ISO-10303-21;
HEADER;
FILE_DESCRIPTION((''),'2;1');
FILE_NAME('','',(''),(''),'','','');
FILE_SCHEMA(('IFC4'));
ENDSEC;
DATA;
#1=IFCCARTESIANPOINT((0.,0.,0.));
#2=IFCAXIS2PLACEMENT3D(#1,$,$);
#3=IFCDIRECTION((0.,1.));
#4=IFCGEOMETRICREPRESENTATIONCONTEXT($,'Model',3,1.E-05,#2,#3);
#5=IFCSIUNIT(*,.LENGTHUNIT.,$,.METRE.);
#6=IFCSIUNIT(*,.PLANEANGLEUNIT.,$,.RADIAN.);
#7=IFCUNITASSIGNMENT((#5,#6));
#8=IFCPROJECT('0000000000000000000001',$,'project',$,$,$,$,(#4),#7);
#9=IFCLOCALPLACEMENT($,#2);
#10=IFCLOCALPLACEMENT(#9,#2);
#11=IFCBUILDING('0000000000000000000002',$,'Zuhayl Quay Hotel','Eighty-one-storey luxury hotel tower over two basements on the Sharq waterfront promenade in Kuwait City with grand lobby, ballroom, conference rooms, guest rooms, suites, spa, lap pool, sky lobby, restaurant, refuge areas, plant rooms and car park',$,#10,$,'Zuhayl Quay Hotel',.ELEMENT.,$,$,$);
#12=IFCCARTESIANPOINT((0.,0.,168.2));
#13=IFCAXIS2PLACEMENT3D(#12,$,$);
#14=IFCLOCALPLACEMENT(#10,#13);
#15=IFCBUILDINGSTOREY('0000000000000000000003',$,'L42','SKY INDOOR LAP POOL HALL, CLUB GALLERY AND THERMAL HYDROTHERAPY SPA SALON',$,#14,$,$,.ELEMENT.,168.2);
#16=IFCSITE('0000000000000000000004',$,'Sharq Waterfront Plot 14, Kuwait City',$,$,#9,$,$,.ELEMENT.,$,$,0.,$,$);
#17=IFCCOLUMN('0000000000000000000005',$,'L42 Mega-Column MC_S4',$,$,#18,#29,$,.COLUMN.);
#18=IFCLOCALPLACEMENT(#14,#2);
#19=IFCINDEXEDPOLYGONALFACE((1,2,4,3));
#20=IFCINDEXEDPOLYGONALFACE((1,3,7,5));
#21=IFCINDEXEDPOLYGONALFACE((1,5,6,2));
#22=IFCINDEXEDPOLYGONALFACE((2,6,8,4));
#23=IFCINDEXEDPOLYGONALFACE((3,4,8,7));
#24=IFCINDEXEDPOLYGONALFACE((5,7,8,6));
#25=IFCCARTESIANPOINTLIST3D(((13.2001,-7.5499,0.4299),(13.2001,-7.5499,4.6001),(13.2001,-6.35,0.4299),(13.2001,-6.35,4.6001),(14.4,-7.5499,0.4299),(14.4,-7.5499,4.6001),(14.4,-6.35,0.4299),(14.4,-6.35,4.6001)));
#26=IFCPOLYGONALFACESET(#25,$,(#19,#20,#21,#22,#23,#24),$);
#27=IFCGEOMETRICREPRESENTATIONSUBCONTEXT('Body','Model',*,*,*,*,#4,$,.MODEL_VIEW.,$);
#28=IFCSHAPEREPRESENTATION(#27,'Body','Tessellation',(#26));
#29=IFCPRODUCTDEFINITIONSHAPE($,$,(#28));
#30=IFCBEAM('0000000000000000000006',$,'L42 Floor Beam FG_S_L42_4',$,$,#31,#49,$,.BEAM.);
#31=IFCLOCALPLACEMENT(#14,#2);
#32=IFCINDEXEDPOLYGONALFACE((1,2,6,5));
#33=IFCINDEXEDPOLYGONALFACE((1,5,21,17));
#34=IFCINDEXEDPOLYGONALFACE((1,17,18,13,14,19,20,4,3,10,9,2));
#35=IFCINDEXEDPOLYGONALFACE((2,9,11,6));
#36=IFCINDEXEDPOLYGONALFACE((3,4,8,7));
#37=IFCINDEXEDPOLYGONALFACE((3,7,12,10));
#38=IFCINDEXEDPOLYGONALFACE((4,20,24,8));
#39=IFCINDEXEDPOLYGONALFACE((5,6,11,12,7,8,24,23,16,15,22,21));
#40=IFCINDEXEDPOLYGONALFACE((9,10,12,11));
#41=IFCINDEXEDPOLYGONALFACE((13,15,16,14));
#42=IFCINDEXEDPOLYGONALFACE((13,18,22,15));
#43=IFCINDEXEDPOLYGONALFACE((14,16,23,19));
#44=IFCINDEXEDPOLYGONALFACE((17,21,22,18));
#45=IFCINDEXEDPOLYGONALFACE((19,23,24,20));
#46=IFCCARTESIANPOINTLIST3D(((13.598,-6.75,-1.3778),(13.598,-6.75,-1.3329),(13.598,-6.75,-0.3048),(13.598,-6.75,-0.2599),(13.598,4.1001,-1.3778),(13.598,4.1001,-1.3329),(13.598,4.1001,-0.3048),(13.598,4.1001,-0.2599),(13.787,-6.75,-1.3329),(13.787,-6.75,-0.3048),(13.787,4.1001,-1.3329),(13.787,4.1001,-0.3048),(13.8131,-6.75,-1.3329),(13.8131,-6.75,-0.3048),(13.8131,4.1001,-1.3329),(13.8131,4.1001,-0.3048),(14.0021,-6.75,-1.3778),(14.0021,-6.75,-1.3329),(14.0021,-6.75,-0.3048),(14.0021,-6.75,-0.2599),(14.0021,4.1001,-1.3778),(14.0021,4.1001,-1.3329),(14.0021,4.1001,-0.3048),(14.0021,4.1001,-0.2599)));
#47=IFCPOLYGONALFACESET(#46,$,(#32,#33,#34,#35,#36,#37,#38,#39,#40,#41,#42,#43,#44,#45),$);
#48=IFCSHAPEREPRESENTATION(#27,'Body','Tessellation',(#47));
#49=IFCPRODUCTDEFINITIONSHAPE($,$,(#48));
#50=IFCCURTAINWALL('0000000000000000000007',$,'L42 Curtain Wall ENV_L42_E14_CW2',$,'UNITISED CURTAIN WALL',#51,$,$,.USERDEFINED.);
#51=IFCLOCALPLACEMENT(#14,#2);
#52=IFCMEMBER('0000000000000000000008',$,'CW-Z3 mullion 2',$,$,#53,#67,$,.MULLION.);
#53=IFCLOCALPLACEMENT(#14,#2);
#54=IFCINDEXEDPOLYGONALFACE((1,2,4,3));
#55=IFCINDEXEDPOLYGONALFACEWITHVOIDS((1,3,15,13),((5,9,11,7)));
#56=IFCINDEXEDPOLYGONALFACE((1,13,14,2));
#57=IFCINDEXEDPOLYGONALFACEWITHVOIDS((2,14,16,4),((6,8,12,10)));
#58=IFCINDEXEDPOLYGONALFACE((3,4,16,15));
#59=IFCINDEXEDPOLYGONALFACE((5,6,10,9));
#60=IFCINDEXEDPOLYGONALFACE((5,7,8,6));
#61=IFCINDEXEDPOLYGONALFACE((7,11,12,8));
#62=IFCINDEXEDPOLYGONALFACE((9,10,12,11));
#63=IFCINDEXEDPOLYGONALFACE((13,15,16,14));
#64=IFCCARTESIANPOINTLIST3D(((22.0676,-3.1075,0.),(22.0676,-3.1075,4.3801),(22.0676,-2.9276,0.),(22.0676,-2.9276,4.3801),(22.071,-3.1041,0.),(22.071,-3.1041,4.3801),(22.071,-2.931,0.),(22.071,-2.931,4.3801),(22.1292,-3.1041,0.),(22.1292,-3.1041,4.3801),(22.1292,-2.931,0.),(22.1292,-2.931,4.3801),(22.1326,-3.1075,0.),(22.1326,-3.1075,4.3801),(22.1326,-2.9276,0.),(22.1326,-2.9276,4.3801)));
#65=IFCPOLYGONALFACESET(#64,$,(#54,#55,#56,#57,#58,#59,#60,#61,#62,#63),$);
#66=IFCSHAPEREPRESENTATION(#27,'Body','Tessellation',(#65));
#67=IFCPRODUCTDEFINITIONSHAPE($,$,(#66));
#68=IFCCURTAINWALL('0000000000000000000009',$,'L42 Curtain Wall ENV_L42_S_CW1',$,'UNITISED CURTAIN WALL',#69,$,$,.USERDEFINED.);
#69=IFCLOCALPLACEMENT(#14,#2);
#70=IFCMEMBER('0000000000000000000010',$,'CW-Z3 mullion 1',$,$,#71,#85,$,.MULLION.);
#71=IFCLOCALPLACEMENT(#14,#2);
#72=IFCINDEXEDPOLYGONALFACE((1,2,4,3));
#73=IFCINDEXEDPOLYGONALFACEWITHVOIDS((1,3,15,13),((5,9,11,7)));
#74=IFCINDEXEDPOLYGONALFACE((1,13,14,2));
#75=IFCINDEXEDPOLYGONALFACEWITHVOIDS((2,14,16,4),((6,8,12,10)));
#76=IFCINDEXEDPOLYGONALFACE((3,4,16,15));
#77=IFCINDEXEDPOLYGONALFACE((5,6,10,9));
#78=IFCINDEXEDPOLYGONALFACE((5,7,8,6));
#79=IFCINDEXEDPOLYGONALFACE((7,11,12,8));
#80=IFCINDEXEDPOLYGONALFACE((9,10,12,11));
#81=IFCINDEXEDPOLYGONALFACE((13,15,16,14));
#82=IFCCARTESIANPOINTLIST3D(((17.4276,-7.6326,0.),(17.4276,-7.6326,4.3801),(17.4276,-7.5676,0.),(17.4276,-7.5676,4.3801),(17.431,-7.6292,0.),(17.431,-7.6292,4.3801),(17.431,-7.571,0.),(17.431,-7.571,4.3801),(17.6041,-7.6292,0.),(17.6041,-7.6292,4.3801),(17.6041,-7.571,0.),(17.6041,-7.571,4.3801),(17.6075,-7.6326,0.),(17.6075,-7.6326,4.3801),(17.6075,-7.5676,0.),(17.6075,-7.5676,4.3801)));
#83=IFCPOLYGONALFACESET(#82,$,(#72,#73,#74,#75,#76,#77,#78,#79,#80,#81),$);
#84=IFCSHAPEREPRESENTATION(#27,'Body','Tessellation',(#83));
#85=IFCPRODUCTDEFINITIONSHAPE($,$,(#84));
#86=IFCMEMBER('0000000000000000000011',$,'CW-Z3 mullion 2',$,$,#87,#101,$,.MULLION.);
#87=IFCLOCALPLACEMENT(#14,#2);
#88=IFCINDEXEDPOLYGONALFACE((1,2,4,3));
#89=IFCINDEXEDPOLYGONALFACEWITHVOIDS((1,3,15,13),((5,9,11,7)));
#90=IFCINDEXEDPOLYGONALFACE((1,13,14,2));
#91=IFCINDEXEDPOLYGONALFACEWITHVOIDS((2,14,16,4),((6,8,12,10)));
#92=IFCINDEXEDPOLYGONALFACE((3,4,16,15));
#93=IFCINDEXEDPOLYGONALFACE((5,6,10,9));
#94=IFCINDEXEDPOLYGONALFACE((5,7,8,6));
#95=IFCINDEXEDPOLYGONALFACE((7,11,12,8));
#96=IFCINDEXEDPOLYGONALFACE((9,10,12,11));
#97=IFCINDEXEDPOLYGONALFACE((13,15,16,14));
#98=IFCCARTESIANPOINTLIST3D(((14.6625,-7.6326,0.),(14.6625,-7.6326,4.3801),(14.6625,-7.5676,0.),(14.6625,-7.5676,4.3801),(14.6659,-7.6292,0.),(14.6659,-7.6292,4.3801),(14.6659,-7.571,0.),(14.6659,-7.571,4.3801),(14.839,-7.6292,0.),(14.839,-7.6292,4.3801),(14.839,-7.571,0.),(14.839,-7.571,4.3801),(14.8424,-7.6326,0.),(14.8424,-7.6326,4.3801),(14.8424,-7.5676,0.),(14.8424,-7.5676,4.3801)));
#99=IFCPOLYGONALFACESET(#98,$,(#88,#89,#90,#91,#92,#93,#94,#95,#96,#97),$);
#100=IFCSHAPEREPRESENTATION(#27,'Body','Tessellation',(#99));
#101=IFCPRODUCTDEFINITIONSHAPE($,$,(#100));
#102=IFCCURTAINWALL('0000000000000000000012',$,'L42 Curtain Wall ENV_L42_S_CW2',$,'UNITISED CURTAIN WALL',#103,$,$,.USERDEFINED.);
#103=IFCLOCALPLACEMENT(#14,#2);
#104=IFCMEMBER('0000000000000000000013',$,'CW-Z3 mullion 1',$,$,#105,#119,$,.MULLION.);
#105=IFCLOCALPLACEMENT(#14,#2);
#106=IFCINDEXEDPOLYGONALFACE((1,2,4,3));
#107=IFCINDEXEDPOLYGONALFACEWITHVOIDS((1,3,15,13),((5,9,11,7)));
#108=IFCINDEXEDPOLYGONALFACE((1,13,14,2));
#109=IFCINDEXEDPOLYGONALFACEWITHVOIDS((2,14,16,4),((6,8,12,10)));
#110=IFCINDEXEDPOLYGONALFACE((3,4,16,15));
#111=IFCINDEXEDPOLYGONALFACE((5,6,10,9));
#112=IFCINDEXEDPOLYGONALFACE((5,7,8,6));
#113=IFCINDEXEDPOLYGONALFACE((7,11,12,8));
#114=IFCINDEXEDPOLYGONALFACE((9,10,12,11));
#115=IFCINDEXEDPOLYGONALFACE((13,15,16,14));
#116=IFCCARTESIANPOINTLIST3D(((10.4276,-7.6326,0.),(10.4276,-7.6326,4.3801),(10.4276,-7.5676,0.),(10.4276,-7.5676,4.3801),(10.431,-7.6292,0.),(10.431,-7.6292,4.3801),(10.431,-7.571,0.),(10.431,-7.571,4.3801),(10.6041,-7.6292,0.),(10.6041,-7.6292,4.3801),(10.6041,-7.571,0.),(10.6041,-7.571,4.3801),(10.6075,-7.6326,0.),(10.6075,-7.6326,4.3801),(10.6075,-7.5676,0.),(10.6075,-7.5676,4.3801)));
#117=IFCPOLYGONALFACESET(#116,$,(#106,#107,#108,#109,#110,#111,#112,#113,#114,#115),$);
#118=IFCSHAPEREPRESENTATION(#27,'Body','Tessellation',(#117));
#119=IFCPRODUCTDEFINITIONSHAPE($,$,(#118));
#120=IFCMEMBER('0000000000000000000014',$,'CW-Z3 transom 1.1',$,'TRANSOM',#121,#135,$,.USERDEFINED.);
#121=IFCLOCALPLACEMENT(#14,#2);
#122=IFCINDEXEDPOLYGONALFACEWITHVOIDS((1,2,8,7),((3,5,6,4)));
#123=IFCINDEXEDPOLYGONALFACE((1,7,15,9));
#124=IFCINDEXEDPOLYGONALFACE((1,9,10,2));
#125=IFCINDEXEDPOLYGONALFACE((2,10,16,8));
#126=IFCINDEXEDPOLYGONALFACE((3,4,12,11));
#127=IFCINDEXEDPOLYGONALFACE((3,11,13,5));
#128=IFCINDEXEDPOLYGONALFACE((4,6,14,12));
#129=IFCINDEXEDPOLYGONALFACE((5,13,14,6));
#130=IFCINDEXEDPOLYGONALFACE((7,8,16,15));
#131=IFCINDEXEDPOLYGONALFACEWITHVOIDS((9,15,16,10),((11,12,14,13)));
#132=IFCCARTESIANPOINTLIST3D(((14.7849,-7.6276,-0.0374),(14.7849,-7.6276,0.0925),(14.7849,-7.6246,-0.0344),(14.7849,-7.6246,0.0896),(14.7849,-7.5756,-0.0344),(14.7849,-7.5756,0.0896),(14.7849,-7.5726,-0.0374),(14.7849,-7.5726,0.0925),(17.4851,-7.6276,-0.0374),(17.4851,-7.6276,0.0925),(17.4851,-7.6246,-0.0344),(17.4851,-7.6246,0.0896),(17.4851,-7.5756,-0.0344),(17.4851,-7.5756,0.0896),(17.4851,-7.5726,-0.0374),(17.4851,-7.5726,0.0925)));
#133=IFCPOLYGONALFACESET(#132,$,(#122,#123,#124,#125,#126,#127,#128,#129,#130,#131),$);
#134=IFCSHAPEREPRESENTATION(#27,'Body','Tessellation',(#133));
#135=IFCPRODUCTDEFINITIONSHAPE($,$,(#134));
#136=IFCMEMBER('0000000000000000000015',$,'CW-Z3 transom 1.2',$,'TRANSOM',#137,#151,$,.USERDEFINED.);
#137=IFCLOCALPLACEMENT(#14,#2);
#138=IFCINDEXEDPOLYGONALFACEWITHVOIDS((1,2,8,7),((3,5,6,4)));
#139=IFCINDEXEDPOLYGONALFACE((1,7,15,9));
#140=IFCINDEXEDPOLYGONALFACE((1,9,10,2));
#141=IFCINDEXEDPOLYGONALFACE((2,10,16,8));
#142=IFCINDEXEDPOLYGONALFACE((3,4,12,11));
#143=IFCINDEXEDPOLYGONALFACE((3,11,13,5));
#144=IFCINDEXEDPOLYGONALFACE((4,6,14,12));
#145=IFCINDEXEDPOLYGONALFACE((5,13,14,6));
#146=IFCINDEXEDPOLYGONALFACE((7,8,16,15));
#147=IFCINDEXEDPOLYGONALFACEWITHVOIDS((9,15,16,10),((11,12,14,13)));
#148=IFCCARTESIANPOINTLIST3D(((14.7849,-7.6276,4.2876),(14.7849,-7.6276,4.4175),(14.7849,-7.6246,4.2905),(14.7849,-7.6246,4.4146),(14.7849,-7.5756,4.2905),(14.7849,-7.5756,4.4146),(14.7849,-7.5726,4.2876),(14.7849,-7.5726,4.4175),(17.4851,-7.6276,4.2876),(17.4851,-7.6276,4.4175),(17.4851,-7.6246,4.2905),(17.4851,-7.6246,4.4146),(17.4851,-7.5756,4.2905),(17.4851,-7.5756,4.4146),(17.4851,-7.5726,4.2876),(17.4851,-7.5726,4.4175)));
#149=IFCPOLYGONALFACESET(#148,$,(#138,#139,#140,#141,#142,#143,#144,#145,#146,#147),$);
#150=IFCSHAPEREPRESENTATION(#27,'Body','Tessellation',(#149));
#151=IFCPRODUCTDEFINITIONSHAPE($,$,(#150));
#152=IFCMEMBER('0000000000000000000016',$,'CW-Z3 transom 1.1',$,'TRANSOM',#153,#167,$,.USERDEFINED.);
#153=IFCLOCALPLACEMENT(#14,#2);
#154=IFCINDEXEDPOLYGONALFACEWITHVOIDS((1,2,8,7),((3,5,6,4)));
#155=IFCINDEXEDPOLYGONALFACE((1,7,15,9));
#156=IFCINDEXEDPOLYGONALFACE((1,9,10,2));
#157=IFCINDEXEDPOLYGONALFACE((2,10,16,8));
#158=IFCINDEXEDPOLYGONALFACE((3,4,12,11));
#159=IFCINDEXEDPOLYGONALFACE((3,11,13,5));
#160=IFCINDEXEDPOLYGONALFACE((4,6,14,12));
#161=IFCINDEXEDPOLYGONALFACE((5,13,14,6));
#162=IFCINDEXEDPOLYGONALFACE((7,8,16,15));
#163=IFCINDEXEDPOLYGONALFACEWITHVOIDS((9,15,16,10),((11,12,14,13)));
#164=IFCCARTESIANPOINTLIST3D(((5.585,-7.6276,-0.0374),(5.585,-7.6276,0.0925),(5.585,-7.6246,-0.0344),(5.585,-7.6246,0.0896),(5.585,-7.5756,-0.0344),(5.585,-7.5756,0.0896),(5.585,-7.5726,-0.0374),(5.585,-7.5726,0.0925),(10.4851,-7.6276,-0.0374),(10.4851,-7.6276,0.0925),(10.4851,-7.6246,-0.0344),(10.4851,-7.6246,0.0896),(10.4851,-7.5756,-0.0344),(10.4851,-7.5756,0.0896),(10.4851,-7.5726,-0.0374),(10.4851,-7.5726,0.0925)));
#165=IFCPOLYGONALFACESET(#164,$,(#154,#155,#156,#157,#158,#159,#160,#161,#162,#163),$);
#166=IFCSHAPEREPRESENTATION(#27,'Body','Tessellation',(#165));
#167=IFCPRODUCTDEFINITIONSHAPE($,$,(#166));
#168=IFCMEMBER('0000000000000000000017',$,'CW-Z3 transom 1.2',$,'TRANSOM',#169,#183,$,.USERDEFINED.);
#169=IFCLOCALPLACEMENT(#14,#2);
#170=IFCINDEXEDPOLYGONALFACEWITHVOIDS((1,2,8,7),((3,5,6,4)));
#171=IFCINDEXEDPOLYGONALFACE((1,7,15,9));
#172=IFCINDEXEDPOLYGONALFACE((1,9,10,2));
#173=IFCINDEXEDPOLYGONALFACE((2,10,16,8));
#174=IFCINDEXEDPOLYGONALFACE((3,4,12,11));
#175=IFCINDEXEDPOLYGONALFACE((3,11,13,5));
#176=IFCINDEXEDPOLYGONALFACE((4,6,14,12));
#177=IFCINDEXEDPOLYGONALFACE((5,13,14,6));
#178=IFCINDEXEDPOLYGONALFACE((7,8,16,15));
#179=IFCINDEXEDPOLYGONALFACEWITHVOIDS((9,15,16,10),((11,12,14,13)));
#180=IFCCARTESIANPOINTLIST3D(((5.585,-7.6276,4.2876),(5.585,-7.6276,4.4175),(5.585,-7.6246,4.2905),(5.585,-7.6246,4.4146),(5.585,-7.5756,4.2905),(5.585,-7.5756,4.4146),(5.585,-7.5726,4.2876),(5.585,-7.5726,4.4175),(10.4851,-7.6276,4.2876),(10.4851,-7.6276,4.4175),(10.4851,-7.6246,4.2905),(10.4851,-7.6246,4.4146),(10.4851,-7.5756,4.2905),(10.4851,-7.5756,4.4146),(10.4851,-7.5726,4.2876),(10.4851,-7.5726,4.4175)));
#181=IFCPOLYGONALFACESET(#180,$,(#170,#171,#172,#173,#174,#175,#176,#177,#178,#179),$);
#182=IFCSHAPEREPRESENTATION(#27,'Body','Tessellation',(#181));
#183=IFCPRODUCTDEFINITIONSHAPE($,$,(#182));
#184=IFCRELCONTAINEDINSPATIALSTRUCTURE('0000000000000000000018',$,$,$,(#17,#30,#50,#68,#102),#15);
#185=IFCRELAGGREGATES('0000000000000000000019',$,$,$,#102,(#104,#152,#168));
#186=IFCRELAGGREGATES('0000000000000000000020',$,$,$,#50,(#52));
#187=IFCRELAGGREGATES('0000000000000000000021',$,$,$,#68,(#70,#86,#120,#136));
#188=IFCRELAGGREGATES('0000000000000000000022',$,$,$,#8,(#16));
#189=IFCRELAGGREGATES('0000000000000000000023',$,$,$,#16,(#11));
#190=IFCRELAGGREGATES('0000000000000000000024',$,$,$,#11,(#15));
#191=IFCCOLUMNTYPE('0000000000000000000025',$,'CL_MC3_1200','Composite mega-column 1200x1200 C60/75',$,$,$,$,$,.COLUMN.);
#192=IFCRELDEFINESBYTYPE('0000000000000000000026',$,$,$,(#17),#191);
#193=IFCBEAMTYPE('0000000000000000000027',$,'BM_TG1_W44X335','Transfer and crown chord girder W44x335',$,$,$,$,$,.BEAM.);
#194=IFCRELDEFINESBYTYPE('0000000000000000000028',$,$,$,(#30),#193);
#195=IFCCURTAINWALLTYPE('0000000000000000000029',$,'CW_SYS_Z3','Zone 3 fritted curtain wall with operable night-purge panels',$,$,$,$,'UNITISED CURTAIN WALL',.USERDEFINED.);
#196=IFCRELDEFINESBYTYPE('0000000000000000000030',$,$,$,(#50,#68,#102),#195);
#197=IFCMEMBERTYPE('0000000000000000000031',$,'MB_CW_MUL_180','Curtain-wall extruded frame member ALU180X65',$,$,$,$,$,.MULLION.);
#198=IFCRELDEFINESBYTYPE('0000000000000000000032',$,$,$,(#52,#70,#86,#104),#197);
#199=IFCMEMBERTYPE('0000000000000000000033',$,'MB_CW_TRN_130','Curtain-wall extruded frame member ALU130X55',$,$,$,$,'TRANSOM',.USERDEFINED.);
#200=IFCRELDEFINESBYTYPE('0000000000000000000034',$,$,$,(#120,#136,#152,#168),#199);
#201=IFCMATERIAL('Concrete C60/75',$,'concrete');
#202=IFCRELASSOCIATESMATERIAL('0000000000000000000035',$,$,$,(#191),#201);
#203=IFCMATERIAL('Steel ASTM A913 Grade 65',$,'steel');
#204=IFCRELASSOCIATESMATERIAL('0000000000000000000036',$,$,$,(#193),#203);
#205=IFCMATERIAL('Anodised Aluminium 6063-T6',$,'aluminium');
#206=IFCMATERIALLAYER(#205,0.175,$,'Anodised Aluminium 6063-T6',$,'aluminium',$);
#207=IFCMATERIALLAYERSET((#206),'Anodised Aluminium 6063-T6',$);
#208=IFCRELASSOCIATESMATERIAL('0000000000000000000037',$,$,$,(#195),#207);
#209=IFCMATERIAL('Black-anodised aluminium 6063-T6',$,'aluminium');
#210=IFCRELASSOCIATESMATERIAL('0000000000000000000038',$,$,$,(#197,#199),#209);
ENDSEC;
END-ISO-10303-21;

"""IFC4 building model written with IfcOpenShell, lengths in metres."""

from ifc_helpers import new_model, si_unit, direction, frame, origin, origin_2d, place, context, subcontext, project, spatial, rectangle, hollow_rectangle, i_section, extrude, material, layer, layer_set, material_profile, profile_set, type_object, element, aggregate, save


model = new_model("IFC4")

# Units and contexts
model_context = context("Model", 3, precision=1e-05, world=origin(), true_north=direction((0.0, 1.0)))
body_context = subcontext(model_context, "Body", "Model", "MODEL_VIEW")
ifc_project = project(units=[si_unit("LENGTHUNIT", "METRE"), si_unit("PLANEANGLEUNIT", "RADIAN")], contexts=[model_context])

# Site, building, storey
site_placement = place(None, origin())
site = spatial("IfcSite", under=ifc_project, at=site_placement, Name="Sharq Waterfront Plot 14, Kuwait City", CompositionType="ELEMENT", RefElevation=0.0)
building_placement = place(site_placement, origin())
building = spatial("IfcBuilding", under=site, at=building_placement, Name="Zuhayl Quay Hotel", Description="Eighty-one-storey luxury hotel tower over two basements on the Sharq waterfront promenade in Kuwait City with grand lobby, ballroom, conference rooms, guest rooms, suites, spa, lap pool, sky lobby, restaurant, refuge areas, plant rooms and car park", LongName="Zuhayl Quay Hotel", CompositionType="ELEMENT")
storey_placement = place(building_placement, frame((0.0, 0.0, 168.2)))
storey = spatial("IfcBuildingStorey", under=building, at=storey_placement, Name="L42", Description="SKY INDOOR LAP POOL HALL, CLUB GALLERY AND THERMAL HYDROTHERAPY SPA SALON", CompositionType="ELEMENT", Elevation=168.2)

# Column
ifc_material_1 = material(Name="Concrete C60/75", Category="concrete")
ifc_material_profile_1 = material_profile(ifc_material_1, rectangle(XDim=1.2, YDim=1.2, at=origin_2d()), Name="RC1200X1200")
ifc_profile_set_1 = profile_set([ifc_material_profile_1], Name="Concrete C60/75")
column_type = type_object("IfcColumnType", Name="CL_MC3_1200", Description="Composite mega-column 1200x1200 C60/75", PredefinedType="COLUMN", material=ifc_profile_set_1)
column_placement = place(storey_placement, frame((13.8, -6.95, 0.4299), z_axis=(0.0, 0.0, 1.0), x_axis=(1.0, 0.0, 0.0)))
element("IfcColumn", 1, at=column_placement, inside=storey, type_object=column_type, Name="L42 Mega-Column MC_S4", PredefinedType="COLUMN", context=body_context, shape_type="SweptSolid", body=[
    extrude(rectangle(XDim=1.2, YDim=1.2, at=origin_2d()), origin(), (0.0, 0.0, 1.0), 4.1702),
])

# Beam
ifc_material_2 = material(Name="Steel ASTM A913 Grade 65", Category="steel")
ifc_material_profile_2 = material_profile(ifc_material_2, i_section(OverallWidth=0.4041, OverallDepth=1.1179, WebThickness=0.0261, FlangeThickness=0.0449, at=origin_2d()), Name="W44X335")
ifc_profile_set_2 = profile_set([ifc_material_profile_2], Name="Steel ASTM A913 Grade 65")
beam_type = type_object("IfcBeamType", Name="BM_TG1_W44X335", Description="Transfer and crown chord girder W44x335", PredefinedType="BEAM", material=ifc_profile_set_2)
beam_placement = place(storey_placement, frame((13.8, -6.75, -0.8188), z_axis=(0.0, 1.0, 0.0), x_axis=(-1.0, 0.0, 0.0)))
element("IfcBeam", 2, at=beam_placement, inside=storey, type_object=beam_type, Name="L42 Floor Beam FG_S_L42_4", PredefinedType="BEAM", context=body_context, shape_type="SweptSolid", body=[
    extrude(i_section(OverallWidth=0.4041, OverallDepth=1.1179, WebThickness=0.0261, FlangeThickness=0.0449, at=origin_2d()), origin(), (0.0, 0.0, 1.0), 10.8501),
])

# Curtain wall, member
ifc_material_3 = material(Name="Anodised Aluminium 6063-T6", Category="aluminium")
ifc_layer_1 = layer(ifc_material_3, 0.175, Name="Anodised Aluminium 6063-T6", Category="aluminium")
ifc_layer_set_1 = layer_set([ifc_layer_1], Name="Anodised Aluminium 6063-T6")
curtain_wall_type = type_object("IfcCurtainWallType", Name="CW_SYS_Z3", Description="Zone 3 fritted curtain wall with operable night-purge panels", ElementType="UNITISED CURTAIN WALL", PredefinedType="USERDEFINED", material=ifc_layer_set_1)
curtain_wall_1_placement = place(storey_placement, origin())
curtain_wall_1 = element("IfcCurtainWall", 3, at=curtain_wall_1_placement, inside=storey, type_object=curtain_wall_type, Name="L42 Curtain Wall ENV_L42_E14_CW2", ObjectType="UNITISED CURTAIN WALL", PredefinedType="USERDEFINED")
ifc_material_4 = material(Name="Black-anodised aluminium 6063-T6", Category="aluminium")
ifc_material_profile_3 = material_profile(ifc_material_4, hollow_rectangle(XDim=0.0649, YDim=0.1799, WallThickness=0.0034, at=origin_2d()), Name="ALU180X65")
ifc_profile_set_3 = profile_set([ifc_material_profile_3], Name="Black-anodised aluminium 6063-T6")
member_type_1 = type_object("IfcMemberType", Name="MB_CW_MUL_180", Description="Curtain-wall extruded frame member ALU180X65", PredefinedType="MULLION", material=ifc_profile_set_3)
member_1_placement = place(storey_placement, frame((22.1001, -3.0176, 0.0), z_axis=(0.0, 0.0, 1.0), x_axis=(1.0, 0.0, 0.0)))
member_1 = element("IfcMember", 4, at=member_1_placement, type_object=member_type_1, Name="CW-Z3 mullion 2", PredefinedType="MULLION", context=body_context, shape_type="SweptSolid", body=[
    extrude(hollow_rectangle(XDim=0.0649, YDim=0.1799, WallThickness=0.0034, at=origin_2d()), origin(), (0.0, 0.0, 1.0), 4.3801),
])

# Curtain wall, members
curtain_wall_2_placement = place(storey_placement, origin())
curtain_wall_2 = element("IfcCurtainWall", 5, at=curtain_wall_2_placement, inside=storey, type_object=curtain_wall_type, Name="L42 Curtain Wall ENV_L42_S_CW1", ObjectType="UNITISED CURTAIN WALL", PredefinedType="USERDEFINED")
member_2_placement = place(storey_placement, frame((17.5176, -7.6001, 0.0), z_axis=(0.0, 0.0, 1.0), x_axis=(0.0, -1.0, 0.0)))
member_2 = element("IfcMember", 6, at=member_2_placement, type_object=member_type_1, Name="CW-Z3 mullion 1", PredefinedType="MULLION", context=body_context, shape_type="SweptSolid", body=[
    extrude(hollow_rectangle(XDim=0.0649, YDim=0.1799, WallThickness=0.0034, at=origin_2d()), origin(), (0.0, 0.0, 1.0), 4.3801),
])
member_3_placement = place(storey_placement, frame((14.7524, -7.6001, 0.0), z_axis=(0.0, 0.0, 1.0), x_axis=(0.0, -1.0, 0.0)))
member_3 = element("IfcMember", 7, at=member_3_placement, type_object=member_type_1, Name="CW-Z3 mullion 2", PredefinedType="MULLION", context=body_context, shape_type="SweptSolid", body=[
    extrude(hollow_rectangle(XDim=0.0649, YDim=0.1799, WallThickness=0.0034, at=origin_2d()), origin(), (0.0, 0.0, 1.0), 4.3801),
])

# Curtain wall, member
curtain_wall_3_placement = place(storey_placement, origin())
curtain_wall_3 = element("IfcCurtainWall", 8, at=curtain_wall_3_placement, inside=storey, type_object=curtain_wall_type, Name="L42 Curtain Wall ENV_L42_S_CW2", ObjectType="UNITISED CURTAIN WALL", PredefinedType="USERDEFINED")
member_4_placement = place(storey_placement, frame((10.5176, -7.6001, 0.0), z_axis=(0.0, 0.0, 1.0), x_axis=(0.0, -1.0, 0.0)))
member_4 = element("IfcMember", 9, at=member_4_placement, type_object=member_type_1, Name="CW-Z3 mullion 1", PredefinedType="MULLION", context=body_context, shape_type="SweptSolid", body=[
    extrude(hollow_rectangle(XDim=0.0649, YDim=0.1799, WallThickness=0.0034, at=origin_2d()), origin(), (0.0, 0.0, 1.0), 4.3801),
])

# Members
ifc_material_profile_4 = material_profile(ifc_material_4, hollow_rectangle(XDim=0.0549, YDim=0.1299, WallThickness=0.0029, at=origin_2d()), Name="ALU130X55")
ifc_profile_set_4 = profile_set([ifc_material_profile_4], Name="Black-anodised aluminium 6063-T6")
member_type_2 = type_object("IfcMemberType", Name="MB_CW_TRN_130", Description="Curtain-wall extruded frame member ALU130X55", ElementType="TRANSOM", PredefinedType="USERDEFINED", material=ifc_profile_set_4)
member_5_placement = place(storey_placement, frame((17.4851, -7.6001, 0.0276), z_axis=(-1.0, 0.0, 0.0), x_axis=(0.0, -1.0, 0.0)))
member_5 = element("IfcMember", 10, at=member_5_placement, type_object=member_type_2, Name="CW-Z3 transom 1.1", ObjectType="TRANSOM", PredefinedType="USERDEFINED", context=body_context, shape_type="SweptSolid", body=[
    extrude(hollow_rectangle(XDim=0.0549, YDim=0.1299, WallThickness=0.0029, at=origin_2d()), origin(), (0.0, 0.0, 1.0), 2.7002),
])
member_6_placement = place(storey_placement, frame((17.4851, -7.6001, 4.3525), z_axis=(-1.0, 0.0, 0.0), x_axis=(0.0, -1.0, 0.0)))
member_6 = element("IfcMember", 11, at=member_6_placement, type_object=member_type_2, Name="CW-Z3 transom 1.2", ObjectType="TRANSOM", PredefinedType="USERDEFINED", context=body_context, shape_type="SweptSolid", body=[
    extrude(hollow_rectangle(XDim=0.0549, YDim=0.1299, WallThickness=0.0029, at=origin_2d()), origin(), (0.0, 0.0, 1.0), 2.7002),
])
member_7_placement = place(storey_placement, frame((10.4851, -7.6001, 0.0276), z_axis=(-1.0, 0.0, 0.0), x_axis=(0.0, -1.0, 0.0)))
member_7 = element("IfcMember", 12, at=member_7_placement, type_object=member_type_2, Name="CW-Z3 transom 1.1", ObjectType="TRANSOM", PredefinedType="USERDEFINED", context=body_context, shape_type="SweptSolid", body=[
    extrude(hollow_rectangle(XDim=0.0549, YDim=0.1299, WallThickness=0.0029, at=origin_2d()), origin(), (0.0, 0.0, 1.0), 4.9001),
])
member_8_placement = place(storey_placement, frame((10.4851, -7.6001, 4.3525), z_axis=(-1.0, 0.0, 0.0), x_axis=(0.0, -1.0, 0.0)))
member_8 = element("IfcMember", 13, at=member_8_placement, type_object=member_type_2, Name="CW-Z3 transom 1.2", ObjectType="TRANSOM", PredefinedType="USERDEFINED", context=body_context, shape_type="SweptSolid", body=[
    extrude(hollow_rectangle(XDim=0.0549, YDim=0.1299, WallThickness=0.0029, at=origin_2d()), origin(), (0.0, 0.0, 1.0), 4.9001),
])
aggregate(curtain_wall_3, [member_4, member_7, member_8])

aggregate(curtain_wall_1, [member_1])
aggregate(curtain_wall_2, [member_2, member_3, member_5, member_6])

save(model, "model.ifc")
